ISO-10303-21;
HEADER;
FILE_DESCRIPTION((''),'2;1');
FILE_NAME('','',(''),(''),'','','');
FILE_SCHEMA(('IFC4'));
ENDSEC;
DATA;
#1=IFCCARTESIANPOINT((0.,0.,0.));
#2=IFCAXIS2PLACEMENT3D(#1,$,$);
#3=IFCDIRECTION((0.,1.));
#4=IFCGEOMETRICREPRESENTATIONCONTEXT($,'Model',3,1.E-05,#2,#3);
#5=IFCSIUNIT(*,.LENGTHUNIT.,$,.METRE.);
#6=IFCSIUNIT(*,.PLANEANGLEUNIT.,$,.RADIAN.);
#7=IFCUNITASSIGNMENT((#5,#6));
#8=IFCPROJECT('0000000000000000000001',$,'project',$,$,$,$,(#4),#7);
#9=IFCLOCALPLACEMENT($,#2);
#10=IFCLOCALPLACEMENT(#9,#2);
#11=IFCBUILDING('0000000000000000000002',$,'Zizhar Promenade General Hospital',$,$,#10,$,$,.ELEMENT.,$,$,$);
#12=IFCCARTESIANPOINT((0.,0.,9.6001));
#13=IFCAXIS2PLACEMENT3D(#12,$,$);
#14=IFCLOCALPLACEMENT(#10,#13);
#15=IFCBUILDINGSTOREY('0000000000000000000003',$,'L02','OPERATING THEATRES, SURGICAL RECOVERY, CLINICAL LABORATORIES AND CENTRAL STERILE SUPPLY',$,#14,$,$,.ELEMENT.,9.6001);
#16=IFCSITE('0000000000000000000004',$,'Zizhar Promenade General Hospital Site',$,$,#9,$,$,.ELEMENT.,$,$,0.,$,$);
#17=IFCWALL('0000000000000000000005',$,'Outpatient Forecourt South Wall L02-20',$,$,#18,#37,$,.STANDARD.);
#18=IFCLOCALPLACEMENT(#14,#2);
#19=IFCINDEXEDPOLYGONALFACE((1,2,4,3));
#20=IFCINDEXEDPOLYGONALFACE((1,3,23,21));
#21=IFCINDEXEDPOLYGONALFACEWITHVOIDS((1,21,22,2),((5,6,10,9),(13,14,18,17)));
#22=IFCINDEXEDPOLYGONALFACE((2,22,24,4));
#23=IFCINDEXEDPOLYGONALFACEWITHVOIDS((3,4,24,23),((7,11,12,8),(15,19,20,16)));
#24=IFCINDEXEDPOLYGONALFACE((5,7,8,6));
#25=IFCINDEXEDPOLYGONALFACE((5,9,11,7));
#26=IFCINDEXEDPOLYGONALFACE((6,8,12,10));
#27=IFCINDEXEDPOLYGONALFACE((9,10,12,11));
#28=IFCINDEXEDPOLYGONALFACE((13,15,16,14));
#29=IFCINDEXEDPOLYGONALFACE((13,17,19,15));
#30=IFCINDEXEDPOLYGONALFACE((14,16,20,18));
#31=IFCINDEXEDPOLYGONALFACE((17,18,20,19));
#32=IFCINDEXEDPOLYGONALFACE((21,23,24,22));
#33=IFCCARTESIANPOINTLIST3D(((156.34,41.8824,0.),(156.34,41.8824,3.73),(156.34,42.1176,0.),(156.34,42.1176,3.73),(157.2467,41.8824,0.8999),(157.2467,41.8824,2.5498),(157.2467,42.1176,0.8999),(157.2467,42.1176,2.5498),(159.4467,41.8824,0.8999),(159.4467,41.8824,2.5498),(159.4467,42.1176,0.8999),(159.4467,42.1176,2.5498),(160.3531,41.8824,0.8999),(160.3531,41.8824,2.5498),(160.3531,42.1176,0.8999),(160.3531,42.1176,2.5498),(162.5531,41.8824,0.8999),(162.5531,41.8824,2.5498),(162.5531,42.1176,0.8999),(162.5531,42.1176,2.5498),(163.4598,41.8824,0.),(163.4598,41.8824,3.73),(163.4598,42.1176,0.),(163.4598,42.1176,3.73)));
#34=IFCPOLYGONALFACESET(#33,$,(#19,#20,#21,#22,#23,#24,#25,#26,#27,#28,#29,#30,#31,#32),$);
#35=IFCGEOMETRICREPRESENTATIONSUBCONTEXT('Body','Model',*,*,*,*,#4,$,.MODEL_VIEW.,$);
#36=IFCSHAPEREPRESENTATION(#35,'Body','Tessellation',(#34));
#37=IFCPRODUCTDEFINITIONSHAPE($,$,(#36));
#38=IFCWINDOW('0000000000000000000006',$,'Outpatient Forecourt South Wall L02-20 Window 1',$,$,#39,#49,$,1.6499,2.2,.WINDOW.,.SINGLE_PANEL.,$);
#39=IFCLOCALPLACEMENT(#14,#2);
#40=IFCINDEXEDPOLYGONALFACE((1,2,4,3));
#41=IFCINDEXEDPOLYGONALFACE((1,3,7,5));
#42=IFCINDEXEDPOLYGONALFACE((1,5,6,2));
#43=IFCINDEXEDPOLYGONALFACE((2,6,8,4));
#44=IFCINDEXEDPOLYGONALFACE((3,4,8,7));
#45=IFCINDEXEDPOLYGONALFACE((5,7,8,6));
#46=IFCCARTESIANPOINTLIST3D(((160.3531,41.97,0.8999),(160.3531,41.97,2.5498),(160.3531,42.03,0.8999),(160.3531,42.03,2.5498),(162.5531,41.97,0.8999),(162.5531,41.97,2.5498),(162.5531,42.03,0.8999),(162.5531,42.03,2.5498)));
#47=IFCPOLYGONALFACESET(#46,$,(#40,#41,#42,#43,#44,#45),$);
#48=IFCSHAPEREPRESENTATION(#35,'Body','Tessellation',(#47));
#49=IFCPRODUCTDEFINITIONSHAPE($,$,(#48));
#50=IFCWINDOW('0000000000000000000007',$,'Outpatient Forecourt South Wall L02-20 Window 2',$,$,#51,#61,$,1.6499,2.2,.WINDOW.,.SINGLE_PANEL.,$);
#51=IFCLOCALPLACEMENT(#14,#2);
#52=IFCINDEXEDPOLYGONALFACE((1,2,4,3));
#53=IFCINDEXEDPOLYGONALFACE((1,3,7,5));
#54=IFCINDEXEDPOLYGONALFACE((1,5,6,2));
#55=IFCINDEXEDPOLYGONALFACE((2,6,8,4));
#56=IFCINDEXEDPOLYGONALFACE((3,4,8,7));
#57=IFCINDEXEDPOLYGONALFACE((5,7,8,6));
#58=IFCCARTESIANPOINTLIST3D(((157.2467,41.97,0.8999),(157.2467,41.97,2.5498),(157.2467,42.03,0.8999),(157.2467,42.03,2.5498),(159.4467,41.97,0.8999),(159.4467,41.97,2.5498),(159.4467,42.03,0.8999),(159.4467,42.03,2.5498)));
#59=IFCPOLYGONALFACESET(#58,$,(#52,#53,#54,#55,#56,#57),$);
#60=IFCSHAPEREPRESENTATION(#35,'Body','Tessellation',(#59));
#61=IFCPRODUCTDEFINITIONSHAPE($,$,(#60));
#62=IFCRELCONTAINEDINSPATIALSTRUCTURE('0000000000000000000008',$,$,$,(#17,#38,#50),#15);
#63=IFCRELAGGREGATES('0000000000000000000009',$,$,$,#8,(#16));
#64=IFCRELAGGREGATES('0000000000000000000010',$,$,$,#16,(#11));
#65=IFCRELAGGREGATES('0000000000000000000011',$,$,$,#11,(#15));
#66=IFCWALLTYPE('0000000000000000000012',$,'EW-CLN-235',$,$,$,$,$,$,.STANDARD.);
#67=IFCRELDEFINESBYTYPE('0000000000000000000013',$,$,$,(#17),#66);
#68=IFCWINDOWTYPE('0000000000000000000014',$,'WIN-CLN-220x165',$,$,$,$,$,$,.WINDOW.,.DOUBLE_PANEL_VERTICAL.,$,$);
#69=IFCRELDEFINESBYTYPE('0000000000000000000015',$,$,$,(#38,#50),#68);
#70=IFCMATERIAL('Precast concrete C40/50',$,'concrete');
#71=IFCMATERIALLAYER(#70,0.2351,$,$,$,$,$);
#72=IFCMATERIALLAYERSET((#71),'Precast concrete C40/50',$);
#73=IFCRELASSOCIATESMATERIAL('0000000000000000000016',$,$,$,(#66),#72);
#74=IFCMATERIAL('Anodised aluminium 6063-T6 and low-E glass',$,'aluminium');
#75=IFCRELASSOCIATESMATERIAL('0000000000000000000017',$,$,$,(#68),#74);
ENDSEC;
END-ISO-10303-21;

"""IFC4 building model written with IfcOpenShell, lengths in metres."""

from ifc_helpers import new_model, si_unit, direction, frame, frame_2d, origin, place, context, subcontext, project, spatial, rectangle, extrude, material, layer, layer_set, type_object, element, fill, save


model = new_model("IFC4")

# Units and contexts
model_context = context("Model", 3, precision=1e-05, world=origin(), true_north=direction((0.0, 1.0)))
body_context = subcontext(model_context, "Body", "Model", "MODEL_VIEW")
ifc_project = project(units=[si_unit("LENGTHUNIT", "METRE"), si_unit("PLANEANGLEUNIT", "RADIAN")], contexts=[model_context])

# Site, building, storey
site_placement = place(None, origin())
site = spatial("IfcSite", under=ifc_project, at=site_placement, Name="Zizhar Promenade General Hospital Site", CompositionType="ELEMENT", RefElevation=0.0)
building_placement = place(site_placement, origin())
building = spatial("IfcBuilding", under=site, at=building_placement, Name="Zizhar Promenade General Hospital", CompositionType="ELEMENT")
storey_placement = place(building_placement, frame((0.0, 0.0, 9.6001)))
storey = spatial("IfcBuildingStorey", under=building, at=storey_placement, Name="L02", Description="OPERATING THEATRES, SURGICAL RECOVERY, CLINICAL LABORATORIES AND CENTRAL STERILE SUPPLY", CompositionType="ELEMENT", Elevation=9.6001)

# Wall, openings, windows
ifc_material_1 = material(Name="Precast concrete C40/50", Category="concrete")
ifc_layer_1 = layer(ifc_material_1, 0.2351)
ifc_layer_set_1 = layer_set([ifc_layer_1], Name="Precast concrete C40/50")
wall_type = type_object("IfcWallType", Name="EW-CLN-235", PredefinedType="STANDARD", material=ifc_layer_set_1)
wall_placement = place(storey_placement, frame((163.46, 42.0, 0.0), z_axis=(0.0, 0.0, 1.0), x_axis=(-1.0, 0.0, 0.0)))
wall = element("IfcWall", 1, at=wall_placement, inside=storey, type_object=wall_type, Name="Outpatient Forecourt South Wall L02-20", PredefinedType="STANDARD", context=body_context, shape_type="SweptSolid", body=[
    extrude(rectangle(XDim=7.1199, YDim=0.2351, at=frame_2d((3.5601, 0.0))), origin(), (0.0, 0.0, 1.0), 3.73),
])
opening_1_placement = place(wall_placement, frame((0.9067, 0.0, 0.8999)))
opening_1 = element("IfcOpeningElement", 2, at=opening_1_placement, cuts=wall, PredefinedType="OPENING", context=body_context, shape_type="SweptSolid", body=[
    extrude(rectangle(XDim=2.2, YDim=1.6499, at=frame_2d((1.1001, 0.825))), frame((0.0, 0.1274, 0.0), z_axis=(0.0, -1.0, 0.0), x_axis=(1.0, 0.0, 0.0)), (0.0, 0.0, 1.0), 0.2551),
])
opening_2_placement = place(wall_placement, frame((4.0132, 0.0, 0.8999)))
opening_2 = element("IfcOpeningElement", 3, at=opening_2_placement, cuts=wall, PredefinedType="OPENING", context=body_context, shape_type="SweptSolid", body=[
    extrude(rectangle(XDim=2.2, YDim=1.6499, at=frame_2d((1.1001, 0.825))), frame((0.0, 0.1274, 0.0), z_axis=(0.0, -1.0, 0.0), x_axis=(1.0, 0.0, 0.0)), (0.0, 0.0, 1.0), 0.2551),
])
ifc_material_2 = material(Name="Anodised aluminium 6063-T6 and low-E glass", Category="aluminium")
window_type = type_object("IfcWindowType", Name="WIN-CLN-220x165", PartitioningType="DOUBLE_PANEL_VERTICAL", PredefinedType="WINDOW", material=ifc_material_2)
window_1_placement = place(opening_1_placement, origin())
window_1 = element("IfcWindow", 4, at=window_1_placement, inside=storey, type_object=window_type, Name="Outpatient Forecourt South Wall L02-20 Window 1", OverallHeight=1.6499, OverallWidth=2.2, PartitioningType="SINGLE_PANEL", PredefinedType="WINDOW", context=body_context, shape_type="SweptSolid", body=[
    extrude(rectangle(XDim=2.2, YDim=1.6499, at=frame_2d((1.1001, 0.825))), frame((0.0, 0.03, 0.0), z_axis=(0.0, -1.0, 0.0), x_axis=(1.0, 0.0, 0.0)), (0.0, 0.0, 1.0), 0.0601),
])
fill(opening_1, window_1)
window_2_placement = place(opening_2_placement, origin())
window_2 = element("IfcWindow", 5, at=window_2_placement, inside=storey, type_object=window_type, Name="Outpatient Forecourt South Wall L02-20 Window 2", OverallHeight=1.6499, OverallWidth=2.2, PartitioningType="SINGLE_PANEL", PredefinedType="WINDOW", context=body_context, shape_type="SweptSolid", body=[
    extrude(rectangle(XDim=2.2, YDim=1.6499, at=frame_2d((1.1001, 0.825))), frame((0.0, 0.03, 0.0), z_axis=(0.0, -1.0, 0.0), x_axis=(1.0, 0.0, 0.0)), (0.0, 0.0, 1.0), 0.0601),
])
fill(opening_2, window_2)

save(model, "model.ifc")
